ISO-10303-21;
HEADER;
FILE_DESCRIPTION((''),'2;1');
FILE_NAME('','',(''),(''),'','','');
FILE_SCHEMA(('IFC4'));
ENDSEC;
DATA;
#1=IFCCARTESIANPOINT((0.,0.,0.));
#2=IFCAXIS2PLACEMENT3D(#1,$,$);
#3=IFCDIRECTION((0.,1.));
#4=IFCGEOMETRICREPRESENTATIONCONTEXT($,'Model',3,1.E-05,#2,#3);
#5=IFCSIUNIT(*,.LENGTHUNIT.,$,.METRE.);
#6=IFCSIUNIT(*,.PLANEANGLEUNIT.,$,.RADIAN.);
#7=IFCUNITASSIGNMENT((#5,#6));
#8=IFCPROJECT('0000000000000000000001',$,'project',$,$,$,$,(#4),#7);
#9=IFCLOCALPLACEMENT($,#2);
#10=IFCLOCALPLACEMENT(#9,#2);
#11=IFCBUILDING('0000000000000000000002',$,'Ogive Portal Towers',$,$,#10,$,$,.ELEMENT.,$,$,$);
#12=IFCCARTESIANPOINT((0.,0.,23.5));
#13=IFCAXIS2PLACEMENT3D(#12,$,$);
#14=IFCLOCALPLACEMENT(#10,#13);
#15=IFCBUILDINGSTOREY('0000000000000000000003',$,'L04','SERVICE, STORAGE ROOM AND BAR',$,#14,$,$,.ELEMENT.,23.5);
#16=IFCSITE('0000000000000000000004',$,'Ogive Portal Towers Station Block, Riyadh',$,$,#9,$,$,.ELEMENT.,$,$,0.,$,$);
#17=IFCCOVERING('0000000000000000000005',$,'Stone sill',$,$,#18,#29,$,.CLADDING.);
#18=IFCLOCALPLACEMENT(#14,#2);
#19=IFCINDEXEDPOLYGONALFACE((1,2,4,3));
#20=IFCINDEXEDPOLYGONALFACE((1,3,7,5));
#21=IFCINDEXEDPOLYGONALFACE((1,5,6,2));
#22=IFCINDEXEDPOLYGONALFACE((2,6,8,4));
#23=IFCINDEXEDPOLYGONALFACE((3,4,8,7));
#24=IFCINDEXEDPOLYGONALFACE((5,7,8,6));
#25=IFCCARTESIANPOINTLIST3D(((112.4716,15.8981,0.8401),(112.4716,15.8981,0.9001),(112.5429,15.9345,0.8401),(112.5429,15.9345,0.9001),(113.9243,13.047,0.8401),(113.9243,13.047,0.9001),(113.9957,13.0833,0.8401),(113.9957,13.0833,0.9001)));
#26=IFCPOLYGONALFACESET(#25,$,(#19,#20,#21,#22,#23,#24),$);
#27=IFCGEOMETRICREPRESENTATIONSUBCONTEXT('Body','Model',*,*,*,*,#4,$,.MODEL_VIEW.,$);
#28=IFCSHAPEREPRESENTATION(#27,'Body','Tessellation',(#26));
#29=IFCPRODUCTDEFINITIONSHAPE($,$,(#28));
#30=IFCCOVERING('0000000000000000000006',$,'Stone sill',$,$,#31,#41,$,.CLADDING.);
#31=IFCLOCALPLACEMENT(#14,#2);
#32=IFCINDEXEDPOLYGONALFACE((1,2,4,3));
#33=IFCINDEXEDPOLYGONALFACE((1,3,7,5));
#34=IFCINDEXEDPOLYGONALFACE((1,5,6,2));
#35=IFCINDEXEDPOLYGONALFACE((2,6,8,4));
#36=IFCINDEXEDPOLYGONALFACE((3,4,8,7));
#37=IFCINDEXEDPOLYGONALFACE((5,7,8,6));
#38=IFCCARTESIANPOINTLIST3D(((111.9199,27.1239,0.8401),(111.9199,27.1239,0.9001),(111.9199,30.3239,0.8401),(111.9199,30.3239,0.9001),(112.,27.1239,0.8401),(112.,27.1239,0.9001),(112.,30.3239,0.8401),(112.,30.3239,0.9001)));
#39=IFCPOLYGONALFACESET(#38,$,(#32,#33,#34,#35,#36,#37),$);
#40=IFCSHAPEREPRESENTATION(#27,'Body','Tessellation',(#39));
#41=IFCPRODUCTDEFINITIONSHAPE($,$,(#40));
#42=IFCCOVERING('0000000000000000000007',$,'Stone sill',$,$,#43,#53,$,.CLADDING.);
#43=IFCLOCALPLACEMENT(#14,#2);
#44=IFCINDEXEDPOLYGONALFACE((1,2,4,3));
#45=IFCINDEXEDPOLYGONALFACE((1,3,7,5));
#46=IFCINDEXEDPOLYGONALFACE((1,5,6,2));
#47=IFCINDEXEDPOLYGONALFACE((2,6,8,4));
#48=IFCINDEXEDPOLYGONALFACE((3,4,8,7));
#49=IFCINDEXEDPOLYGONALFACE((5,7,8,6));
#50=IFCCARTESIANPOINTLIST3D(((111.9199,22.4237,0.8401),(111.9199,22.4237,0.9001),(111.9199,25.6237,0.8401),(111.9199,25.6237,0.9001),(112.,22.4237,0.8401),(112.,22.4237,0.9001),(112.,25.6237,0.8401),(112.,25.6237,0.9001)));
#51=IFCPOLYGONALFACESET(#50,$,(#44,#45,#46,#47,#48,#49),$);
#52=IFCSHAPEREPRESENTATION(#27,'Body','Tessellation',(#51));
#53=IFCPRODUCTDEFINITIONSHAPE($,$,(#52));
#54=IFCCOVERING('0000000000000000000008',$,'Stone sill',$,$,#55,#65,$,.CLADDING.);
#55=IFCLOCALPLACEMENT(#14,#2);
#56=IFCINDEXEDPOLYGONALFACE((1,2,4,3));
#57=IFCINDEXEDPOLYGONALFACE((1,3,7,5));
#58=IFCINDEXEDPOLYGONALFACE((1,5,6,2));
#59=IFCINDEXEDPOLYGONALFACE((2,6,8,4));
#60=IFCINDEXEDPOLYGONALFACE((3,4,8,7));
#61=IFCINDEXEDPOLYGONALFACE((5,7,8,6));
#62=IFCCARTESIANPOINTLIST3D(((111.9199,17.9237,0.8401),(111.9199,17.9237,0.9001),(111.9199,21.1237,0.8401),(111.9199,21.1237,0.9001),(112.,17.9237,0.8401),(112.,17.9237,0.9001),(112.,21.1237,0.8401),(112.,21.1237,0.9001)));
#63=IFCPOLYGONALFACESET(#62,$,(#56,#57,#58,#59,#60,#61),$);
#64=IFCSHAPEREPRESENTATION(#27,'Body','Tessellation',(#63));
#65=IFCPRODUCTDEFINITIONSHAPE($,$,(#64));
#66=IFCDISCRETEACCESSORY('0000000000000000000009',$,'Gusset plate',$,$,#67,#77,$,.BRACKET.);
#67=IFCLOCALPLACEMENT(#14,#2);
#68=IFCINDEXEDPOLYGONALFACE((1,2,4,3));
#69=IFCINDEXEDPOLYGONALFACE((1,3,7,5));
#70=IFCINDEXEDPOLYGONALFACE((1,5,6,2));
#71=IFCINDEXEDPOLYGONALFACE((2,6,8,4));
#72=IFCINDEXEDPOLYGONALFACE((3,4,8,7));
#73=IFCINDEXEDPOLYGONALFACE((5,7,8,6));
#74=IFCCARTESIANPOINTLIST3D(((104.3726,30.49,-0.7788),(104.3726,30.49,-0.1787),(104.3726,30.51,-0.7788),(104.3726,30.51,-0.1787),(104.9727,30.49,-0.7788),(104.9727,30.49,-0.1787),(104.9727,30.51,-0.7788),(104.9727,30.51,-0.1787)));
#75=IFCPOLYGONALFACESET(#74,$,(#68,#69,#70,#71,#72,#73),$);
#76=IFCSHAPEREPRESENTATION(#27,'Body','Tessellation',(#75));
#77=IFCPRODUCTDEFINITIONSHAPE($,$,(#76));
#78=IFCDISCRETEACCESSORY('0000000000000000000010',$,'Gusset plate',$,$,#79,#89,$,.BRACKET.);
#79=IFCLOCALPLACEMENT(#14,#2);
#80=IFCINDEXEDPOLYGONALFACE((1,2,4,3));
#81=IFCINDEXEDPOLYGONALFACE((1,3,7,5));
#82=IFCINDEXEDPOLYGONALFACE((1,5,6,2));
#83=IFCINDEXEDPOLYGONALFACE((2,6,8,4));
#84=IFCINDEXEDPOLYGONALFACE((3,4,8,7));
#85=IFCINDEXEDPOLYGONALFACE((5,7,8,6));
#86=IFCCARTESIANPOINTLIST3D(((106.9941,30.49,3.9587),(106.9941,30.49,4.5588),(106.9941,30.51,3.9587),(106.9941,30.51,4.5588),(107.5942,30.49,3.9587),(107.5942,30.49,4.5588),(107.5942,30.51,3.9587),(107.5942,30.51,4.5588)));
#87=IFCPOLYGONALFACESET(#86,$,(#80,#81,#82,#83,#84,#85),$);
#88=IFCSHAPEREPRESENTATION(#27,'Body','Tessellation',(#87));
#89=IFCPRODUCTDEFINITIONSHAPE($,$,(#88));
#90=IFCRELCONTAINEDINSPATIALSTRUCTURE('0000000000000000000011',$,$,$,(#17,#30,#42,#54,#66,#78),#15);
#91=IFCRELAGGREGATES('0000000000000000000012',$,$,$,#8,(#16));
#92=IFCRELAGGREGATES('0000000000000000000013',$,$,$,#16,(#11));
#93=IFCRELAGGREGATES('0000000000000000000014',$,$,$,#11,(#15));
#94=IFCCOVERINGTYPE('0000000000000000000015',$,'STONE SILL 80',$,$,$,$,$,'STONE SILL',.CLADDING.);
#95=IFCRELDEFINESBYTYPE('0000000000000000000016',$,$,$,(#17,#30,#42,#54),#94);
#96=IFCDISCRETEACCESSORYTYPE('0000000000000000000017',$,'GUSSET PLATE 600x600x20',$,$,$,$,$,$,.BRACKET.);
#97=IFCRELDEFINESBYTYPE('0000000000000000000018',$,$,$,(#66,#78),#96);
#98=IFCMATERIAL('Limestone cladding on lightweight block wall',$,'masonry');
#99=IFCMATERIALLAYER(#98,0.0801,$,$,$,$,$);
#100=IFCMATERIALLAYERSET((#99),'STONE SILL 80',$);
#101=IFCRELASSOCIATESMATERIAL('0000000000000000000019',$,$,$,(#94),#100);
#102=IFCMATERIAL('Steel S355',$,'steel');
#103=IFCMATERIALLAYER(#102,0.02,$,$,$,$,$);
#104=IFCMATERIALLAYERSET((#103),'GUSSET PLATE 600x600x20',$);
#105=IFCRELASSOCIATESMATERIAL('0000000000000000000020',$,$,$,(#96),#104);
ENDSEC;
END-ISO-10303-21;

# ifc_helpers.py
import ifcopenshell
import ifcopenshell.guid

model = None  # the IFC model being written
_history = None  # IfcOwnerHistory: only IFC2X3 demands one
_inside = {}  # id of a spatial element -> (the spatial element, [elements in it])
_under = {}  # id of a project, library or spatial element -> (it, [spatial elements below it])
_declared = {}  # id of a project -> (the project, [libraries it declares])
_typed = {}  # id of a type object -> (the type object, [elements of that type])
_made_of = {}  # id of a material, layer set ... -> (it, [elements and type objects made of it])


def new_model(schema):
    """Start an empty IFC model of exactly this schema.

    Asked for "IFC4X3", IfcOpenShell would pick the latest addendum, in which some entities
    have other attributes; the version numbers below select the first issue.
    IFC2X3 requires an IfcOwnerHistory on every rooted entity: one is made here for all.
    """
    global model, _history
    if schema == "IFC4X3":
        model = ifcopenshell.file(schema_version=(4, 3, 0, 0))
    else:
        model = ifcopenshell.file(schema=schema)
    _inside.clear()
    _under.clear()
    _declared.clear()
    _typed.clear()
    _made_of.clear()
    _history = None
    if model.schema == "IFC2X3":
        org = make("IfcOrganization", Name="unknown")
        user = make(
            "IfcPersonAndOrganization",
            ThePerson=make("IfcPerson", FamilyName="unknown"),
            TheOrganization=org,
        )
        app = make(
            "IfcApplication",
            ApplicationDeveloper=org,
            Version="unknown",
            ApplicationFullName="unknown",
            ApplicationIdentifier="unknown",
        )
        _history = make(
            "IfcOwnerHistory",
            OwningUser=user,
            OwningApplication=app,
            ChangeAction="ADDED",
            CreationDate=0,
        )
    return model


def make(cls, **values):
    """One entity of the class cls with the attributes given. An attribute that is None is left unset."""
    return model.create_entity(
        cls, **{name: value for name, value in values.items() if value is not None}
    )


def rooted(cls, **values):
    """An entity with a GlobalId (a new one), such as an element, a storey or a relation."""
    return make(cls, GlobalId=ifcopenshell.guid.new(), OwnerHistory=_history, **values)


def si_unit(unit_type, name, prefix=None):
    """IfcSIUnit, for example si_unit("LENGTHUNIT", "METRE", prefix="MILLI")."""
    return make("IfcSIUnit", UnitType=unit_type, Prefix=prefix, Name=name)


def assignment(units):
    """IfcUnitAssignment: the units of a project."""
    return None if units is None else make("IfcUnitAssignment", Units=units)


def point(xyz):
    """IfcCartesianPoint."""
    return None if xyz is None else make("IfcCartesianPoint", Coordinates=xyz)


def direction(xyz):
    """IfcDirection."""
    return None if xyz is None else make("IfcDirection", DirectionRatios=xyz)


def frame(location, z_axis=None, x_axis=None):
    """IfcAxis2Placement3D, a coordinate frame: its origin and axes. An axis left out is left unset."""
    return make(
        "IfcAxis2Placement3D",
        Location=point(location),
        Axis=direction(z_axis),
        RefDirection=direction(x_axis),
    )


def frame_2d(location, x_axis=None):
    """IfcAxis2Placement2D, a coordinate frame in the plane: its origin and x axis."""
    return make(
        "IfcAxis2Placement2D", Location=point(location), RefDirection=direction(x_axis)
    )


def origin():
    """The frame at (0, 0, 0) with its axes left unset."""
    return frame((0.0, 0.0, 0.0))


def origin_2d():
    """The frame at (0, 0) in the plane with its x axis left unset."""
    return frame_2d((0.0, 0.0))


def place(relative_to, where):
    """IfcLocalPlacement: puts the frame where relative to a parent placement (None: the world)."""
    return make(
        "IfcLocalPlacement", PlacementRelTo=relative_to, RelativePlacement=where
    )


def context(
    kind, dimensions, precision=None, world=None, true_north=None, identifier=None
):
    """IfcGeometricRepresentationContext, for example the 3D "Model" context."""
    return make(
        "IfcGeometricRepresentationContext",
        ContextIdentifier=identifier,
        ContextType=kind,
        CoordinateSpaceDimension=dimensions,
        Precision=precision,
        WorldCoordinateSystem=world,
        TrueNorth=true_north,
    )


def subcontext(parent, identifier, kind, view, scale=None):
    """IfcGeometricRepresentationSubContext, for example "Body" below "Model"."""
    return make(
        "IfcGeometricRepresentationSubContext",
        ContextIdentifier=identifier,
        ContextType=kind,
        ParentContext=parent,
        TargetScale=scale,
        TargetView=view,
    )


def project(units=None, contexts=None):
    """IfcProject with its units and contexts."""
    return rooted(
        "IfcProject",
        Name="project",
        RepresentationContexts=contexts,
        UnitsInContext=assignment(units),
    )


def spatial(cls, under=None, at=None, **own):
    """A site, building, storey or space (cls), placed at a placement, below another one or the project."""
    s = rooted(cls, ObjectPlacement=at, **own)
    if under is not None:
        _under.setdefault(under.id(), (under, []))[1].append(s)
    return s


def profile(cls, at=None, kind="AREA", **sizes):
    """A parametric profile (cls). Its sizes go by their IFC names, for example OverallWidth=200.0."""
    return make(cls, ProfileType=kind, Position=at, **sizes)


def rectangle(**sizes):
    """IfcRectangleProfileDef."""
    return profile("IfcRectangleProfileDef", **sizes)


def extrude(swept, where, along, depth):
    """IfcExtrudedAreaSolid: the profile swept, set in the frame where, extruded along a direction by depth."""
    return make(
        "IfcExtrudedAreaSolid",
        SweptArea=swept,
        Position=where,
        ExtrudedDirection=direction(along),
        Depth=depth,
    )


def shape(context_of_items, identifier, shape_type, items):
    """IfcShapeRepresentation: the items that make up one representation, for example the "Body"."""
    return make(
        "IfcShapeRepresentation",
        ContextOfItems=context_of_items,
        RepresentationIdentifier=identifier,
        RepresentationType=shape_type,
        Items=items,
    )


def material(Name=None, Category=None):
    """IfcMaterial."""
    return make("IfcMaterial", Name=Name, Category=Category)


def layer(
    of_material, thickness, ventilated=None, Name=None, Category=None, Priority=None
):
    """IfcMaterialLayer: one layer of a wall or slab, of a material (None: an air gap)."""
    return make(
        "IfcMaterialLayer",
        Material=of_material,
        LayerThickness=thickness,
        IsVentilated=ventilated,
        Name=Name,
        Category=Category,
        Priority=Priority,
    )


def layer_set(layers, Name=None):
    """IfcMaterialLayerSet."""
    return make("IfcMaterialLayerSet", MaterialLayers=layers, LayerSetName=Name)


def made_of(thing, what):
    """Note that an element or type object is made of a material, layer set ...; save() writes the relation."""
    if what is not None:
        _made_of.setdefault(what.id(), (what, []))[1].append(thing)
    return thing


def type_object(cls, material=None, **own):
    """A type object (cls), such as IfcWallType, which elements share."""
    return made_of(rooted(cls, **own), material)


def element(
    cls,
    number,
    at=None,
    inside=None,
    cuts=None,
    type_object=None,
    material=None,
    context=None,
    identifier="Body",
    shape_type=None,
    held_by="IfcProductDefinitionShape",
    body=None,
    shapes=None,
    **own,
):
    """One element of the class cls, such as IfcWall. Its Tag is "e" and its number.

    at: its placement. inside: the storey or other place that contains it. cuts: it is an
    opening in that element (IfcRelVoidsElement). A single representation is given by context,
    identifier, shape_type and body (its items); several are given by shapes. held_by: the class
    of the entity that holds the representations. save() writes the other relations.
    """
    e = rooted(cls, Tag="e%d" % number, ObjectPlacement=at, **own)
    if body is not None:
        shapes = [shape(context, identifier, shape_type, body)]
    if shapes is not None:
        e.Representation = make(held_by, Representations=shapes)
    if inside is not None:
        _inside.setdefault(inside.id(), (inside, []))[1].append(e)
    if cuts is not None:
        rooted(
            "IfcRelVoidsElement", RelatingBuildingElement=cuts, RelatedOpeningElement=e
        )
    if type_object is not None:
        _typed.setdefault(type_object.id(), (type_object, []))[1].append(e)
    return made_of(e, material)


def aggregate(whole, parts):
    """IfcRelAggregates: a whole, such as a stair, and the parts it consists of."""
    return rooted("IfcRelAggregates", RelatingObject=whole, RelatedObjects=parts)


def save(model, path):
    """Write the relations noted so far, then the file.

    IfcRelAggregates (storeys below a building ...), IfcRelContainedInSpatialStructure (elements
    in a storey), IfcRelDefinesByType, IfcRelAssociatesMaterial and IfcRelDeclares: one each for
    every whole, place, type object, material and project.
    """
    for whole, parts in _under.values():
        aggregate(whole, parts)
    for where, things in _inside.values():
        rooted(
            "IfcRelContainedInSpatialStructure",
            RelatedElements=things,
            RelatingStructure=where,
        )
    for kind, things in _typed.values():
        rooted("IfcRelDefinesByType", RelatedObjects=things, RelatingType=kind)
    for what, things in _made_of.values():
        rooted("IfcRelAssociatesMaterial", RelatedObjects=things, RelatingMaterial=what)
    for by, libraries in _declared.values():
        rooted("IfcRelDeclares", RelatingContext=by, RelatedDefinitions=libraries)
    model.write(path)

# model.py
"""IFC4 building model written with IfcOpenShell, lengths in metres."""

from ifc_helpers import new_model, si_unit, direction, frame, origin, origin_2d, place, context, subcontext, project, spatial, rectangle, extrude, material, layer, layer_set, type_object, element, save


model = new_model("IFC4")

# Units and contexts
model_context = context("Model", 3, precision=1e-05, world=origin(), true_north=direction((0.0, 1.0)))
body_context = subcontext(model_context, "Body", "Model", "MODEL_VIEW")
ifc_project = project(units=[si_unit("LENGTHUNIT", "METRE"), si_unit("PLANEANGLEUNIT", "RADIAN")], contexts=[model_context])

# Site, building, storey
site_placement = place(None, origin())
site = spatial("IfcSite", under=ifc_project, at=site_placement, Name="Ogive Portal Towers Station Block, Riyadh", CompositionType="ELEMENT", RefElevation=0.0)
building_placement = place(site_placement, origin())
building = spatial("IfcBuilding", under=site, at=building_placement, Name="Ogive Portal Towers", CompositionType="ELEMENT")
storey_placement = place(building_placement, frame((0.0, 0.0, 23.5)))
storey = spatial("IfcBuildingStorey", under=building, at=storey_placement, Name="L04", Description="SERVICE, STORAGE ROOM AND BAR", CompositionType="ELEMENT", Elevation=23.5)

# Shared definitions
ifc_material_1 = material(Name="Steel S355", Category="steel")

# Shared definitions
ifc_material_2 = material(Name="Limestone cladding on lightweight block wall", Category="masonry")

# Coverings
ifc_layer_1 = layer(ifc_material_2, 0.0801)
ifc_layer_set_1 = layer_set([ifc_layer_1], Name="STONE SILL 80")
covering_type = type_object("IfcCoveringType", Name="STONE SILL 80", ElementType="STONE SILL", PredefinedType="CLADDING", material=ifc_layer_set_1)
for number, where, z_axis, x_axis, name in (
    (1, (113.2336, 14.4907, 0.8401), (0.0, 0.0, 1.0), (0.45399, -0.891007, 0.0), "Stone sill"),
    (2, (111.96, 28.7239, 0.8401), (0.0, 0.0, 1.0), (0.0, -1.0, 0.0), "Stone sill"),
    (3, (111.96, 24.0237, 0.8401), (0.0, 0.0, 1.0), (0.0, -1.0, 0.0), "Stone sill"),
    (4, (111.96, 19.5237, 0.8401), (0.0, 0.0, 1.0), (0.0, -1.0, 0.0), "Stone sill"),
):
    element("IfcCovering", number, at=place(storey_placement, frame(where, z_axis=z_axis, x_axis=x_axis)), inside=storey, type_object=covering_type, Name=name, PredefinedType="CLADDING", context=body_context, shape_type="SweptSolid", body=[
        extrude(rectangle(XDim=3.2, YDim=0.0801, at=origin_2d()), origin(), (0.0, 0.0, 1.0), 0.0601),
    ])

# Discrete accessories
ifc_layer_2 = layer(ifc_material_1, 0.02)
ifc_layer_set_2 = layer_set([ifc_layer_2], Name="GUSSET PLATE 600x600x20")
discrete_accessory_type = type_object("IfcDiscreteAccessoryType", Name="GUSSET PLATE 600x600x20", PredefinedType="BRACKET", material=ifc_layer_set_2)
for number, where, z_axis, x_axis, name in (
    (5, (104.6726, 30.5, -0.7788), (0.0, 0.0, 1.0), (1.0, 0.0, 0.0), "Gusset plate"),
    (6, (107.2942, 30.5, 3.9587), (0.0, 0.0, 1.0), (1.0, 0.0, 0.0), "Gusset plate"),
):
    element("IfcDiscreteAccessory", number, at=place(storey_placement, frame(where, z_axis=z_axis, x_axis=x_axis)), inside=storey, type_object=discrete_accessory_type, Name=name, PredefinedType="BRACKET", context=body_context, shape_type="SweptSolid", body=[
        extrude(rectangle(XDim=0.6001, YDim=0.02, at=origin_2d()), origin(), (0.0, 0.0, 1.0), 0.6001),
    ])

save(model, "model.ifc")
